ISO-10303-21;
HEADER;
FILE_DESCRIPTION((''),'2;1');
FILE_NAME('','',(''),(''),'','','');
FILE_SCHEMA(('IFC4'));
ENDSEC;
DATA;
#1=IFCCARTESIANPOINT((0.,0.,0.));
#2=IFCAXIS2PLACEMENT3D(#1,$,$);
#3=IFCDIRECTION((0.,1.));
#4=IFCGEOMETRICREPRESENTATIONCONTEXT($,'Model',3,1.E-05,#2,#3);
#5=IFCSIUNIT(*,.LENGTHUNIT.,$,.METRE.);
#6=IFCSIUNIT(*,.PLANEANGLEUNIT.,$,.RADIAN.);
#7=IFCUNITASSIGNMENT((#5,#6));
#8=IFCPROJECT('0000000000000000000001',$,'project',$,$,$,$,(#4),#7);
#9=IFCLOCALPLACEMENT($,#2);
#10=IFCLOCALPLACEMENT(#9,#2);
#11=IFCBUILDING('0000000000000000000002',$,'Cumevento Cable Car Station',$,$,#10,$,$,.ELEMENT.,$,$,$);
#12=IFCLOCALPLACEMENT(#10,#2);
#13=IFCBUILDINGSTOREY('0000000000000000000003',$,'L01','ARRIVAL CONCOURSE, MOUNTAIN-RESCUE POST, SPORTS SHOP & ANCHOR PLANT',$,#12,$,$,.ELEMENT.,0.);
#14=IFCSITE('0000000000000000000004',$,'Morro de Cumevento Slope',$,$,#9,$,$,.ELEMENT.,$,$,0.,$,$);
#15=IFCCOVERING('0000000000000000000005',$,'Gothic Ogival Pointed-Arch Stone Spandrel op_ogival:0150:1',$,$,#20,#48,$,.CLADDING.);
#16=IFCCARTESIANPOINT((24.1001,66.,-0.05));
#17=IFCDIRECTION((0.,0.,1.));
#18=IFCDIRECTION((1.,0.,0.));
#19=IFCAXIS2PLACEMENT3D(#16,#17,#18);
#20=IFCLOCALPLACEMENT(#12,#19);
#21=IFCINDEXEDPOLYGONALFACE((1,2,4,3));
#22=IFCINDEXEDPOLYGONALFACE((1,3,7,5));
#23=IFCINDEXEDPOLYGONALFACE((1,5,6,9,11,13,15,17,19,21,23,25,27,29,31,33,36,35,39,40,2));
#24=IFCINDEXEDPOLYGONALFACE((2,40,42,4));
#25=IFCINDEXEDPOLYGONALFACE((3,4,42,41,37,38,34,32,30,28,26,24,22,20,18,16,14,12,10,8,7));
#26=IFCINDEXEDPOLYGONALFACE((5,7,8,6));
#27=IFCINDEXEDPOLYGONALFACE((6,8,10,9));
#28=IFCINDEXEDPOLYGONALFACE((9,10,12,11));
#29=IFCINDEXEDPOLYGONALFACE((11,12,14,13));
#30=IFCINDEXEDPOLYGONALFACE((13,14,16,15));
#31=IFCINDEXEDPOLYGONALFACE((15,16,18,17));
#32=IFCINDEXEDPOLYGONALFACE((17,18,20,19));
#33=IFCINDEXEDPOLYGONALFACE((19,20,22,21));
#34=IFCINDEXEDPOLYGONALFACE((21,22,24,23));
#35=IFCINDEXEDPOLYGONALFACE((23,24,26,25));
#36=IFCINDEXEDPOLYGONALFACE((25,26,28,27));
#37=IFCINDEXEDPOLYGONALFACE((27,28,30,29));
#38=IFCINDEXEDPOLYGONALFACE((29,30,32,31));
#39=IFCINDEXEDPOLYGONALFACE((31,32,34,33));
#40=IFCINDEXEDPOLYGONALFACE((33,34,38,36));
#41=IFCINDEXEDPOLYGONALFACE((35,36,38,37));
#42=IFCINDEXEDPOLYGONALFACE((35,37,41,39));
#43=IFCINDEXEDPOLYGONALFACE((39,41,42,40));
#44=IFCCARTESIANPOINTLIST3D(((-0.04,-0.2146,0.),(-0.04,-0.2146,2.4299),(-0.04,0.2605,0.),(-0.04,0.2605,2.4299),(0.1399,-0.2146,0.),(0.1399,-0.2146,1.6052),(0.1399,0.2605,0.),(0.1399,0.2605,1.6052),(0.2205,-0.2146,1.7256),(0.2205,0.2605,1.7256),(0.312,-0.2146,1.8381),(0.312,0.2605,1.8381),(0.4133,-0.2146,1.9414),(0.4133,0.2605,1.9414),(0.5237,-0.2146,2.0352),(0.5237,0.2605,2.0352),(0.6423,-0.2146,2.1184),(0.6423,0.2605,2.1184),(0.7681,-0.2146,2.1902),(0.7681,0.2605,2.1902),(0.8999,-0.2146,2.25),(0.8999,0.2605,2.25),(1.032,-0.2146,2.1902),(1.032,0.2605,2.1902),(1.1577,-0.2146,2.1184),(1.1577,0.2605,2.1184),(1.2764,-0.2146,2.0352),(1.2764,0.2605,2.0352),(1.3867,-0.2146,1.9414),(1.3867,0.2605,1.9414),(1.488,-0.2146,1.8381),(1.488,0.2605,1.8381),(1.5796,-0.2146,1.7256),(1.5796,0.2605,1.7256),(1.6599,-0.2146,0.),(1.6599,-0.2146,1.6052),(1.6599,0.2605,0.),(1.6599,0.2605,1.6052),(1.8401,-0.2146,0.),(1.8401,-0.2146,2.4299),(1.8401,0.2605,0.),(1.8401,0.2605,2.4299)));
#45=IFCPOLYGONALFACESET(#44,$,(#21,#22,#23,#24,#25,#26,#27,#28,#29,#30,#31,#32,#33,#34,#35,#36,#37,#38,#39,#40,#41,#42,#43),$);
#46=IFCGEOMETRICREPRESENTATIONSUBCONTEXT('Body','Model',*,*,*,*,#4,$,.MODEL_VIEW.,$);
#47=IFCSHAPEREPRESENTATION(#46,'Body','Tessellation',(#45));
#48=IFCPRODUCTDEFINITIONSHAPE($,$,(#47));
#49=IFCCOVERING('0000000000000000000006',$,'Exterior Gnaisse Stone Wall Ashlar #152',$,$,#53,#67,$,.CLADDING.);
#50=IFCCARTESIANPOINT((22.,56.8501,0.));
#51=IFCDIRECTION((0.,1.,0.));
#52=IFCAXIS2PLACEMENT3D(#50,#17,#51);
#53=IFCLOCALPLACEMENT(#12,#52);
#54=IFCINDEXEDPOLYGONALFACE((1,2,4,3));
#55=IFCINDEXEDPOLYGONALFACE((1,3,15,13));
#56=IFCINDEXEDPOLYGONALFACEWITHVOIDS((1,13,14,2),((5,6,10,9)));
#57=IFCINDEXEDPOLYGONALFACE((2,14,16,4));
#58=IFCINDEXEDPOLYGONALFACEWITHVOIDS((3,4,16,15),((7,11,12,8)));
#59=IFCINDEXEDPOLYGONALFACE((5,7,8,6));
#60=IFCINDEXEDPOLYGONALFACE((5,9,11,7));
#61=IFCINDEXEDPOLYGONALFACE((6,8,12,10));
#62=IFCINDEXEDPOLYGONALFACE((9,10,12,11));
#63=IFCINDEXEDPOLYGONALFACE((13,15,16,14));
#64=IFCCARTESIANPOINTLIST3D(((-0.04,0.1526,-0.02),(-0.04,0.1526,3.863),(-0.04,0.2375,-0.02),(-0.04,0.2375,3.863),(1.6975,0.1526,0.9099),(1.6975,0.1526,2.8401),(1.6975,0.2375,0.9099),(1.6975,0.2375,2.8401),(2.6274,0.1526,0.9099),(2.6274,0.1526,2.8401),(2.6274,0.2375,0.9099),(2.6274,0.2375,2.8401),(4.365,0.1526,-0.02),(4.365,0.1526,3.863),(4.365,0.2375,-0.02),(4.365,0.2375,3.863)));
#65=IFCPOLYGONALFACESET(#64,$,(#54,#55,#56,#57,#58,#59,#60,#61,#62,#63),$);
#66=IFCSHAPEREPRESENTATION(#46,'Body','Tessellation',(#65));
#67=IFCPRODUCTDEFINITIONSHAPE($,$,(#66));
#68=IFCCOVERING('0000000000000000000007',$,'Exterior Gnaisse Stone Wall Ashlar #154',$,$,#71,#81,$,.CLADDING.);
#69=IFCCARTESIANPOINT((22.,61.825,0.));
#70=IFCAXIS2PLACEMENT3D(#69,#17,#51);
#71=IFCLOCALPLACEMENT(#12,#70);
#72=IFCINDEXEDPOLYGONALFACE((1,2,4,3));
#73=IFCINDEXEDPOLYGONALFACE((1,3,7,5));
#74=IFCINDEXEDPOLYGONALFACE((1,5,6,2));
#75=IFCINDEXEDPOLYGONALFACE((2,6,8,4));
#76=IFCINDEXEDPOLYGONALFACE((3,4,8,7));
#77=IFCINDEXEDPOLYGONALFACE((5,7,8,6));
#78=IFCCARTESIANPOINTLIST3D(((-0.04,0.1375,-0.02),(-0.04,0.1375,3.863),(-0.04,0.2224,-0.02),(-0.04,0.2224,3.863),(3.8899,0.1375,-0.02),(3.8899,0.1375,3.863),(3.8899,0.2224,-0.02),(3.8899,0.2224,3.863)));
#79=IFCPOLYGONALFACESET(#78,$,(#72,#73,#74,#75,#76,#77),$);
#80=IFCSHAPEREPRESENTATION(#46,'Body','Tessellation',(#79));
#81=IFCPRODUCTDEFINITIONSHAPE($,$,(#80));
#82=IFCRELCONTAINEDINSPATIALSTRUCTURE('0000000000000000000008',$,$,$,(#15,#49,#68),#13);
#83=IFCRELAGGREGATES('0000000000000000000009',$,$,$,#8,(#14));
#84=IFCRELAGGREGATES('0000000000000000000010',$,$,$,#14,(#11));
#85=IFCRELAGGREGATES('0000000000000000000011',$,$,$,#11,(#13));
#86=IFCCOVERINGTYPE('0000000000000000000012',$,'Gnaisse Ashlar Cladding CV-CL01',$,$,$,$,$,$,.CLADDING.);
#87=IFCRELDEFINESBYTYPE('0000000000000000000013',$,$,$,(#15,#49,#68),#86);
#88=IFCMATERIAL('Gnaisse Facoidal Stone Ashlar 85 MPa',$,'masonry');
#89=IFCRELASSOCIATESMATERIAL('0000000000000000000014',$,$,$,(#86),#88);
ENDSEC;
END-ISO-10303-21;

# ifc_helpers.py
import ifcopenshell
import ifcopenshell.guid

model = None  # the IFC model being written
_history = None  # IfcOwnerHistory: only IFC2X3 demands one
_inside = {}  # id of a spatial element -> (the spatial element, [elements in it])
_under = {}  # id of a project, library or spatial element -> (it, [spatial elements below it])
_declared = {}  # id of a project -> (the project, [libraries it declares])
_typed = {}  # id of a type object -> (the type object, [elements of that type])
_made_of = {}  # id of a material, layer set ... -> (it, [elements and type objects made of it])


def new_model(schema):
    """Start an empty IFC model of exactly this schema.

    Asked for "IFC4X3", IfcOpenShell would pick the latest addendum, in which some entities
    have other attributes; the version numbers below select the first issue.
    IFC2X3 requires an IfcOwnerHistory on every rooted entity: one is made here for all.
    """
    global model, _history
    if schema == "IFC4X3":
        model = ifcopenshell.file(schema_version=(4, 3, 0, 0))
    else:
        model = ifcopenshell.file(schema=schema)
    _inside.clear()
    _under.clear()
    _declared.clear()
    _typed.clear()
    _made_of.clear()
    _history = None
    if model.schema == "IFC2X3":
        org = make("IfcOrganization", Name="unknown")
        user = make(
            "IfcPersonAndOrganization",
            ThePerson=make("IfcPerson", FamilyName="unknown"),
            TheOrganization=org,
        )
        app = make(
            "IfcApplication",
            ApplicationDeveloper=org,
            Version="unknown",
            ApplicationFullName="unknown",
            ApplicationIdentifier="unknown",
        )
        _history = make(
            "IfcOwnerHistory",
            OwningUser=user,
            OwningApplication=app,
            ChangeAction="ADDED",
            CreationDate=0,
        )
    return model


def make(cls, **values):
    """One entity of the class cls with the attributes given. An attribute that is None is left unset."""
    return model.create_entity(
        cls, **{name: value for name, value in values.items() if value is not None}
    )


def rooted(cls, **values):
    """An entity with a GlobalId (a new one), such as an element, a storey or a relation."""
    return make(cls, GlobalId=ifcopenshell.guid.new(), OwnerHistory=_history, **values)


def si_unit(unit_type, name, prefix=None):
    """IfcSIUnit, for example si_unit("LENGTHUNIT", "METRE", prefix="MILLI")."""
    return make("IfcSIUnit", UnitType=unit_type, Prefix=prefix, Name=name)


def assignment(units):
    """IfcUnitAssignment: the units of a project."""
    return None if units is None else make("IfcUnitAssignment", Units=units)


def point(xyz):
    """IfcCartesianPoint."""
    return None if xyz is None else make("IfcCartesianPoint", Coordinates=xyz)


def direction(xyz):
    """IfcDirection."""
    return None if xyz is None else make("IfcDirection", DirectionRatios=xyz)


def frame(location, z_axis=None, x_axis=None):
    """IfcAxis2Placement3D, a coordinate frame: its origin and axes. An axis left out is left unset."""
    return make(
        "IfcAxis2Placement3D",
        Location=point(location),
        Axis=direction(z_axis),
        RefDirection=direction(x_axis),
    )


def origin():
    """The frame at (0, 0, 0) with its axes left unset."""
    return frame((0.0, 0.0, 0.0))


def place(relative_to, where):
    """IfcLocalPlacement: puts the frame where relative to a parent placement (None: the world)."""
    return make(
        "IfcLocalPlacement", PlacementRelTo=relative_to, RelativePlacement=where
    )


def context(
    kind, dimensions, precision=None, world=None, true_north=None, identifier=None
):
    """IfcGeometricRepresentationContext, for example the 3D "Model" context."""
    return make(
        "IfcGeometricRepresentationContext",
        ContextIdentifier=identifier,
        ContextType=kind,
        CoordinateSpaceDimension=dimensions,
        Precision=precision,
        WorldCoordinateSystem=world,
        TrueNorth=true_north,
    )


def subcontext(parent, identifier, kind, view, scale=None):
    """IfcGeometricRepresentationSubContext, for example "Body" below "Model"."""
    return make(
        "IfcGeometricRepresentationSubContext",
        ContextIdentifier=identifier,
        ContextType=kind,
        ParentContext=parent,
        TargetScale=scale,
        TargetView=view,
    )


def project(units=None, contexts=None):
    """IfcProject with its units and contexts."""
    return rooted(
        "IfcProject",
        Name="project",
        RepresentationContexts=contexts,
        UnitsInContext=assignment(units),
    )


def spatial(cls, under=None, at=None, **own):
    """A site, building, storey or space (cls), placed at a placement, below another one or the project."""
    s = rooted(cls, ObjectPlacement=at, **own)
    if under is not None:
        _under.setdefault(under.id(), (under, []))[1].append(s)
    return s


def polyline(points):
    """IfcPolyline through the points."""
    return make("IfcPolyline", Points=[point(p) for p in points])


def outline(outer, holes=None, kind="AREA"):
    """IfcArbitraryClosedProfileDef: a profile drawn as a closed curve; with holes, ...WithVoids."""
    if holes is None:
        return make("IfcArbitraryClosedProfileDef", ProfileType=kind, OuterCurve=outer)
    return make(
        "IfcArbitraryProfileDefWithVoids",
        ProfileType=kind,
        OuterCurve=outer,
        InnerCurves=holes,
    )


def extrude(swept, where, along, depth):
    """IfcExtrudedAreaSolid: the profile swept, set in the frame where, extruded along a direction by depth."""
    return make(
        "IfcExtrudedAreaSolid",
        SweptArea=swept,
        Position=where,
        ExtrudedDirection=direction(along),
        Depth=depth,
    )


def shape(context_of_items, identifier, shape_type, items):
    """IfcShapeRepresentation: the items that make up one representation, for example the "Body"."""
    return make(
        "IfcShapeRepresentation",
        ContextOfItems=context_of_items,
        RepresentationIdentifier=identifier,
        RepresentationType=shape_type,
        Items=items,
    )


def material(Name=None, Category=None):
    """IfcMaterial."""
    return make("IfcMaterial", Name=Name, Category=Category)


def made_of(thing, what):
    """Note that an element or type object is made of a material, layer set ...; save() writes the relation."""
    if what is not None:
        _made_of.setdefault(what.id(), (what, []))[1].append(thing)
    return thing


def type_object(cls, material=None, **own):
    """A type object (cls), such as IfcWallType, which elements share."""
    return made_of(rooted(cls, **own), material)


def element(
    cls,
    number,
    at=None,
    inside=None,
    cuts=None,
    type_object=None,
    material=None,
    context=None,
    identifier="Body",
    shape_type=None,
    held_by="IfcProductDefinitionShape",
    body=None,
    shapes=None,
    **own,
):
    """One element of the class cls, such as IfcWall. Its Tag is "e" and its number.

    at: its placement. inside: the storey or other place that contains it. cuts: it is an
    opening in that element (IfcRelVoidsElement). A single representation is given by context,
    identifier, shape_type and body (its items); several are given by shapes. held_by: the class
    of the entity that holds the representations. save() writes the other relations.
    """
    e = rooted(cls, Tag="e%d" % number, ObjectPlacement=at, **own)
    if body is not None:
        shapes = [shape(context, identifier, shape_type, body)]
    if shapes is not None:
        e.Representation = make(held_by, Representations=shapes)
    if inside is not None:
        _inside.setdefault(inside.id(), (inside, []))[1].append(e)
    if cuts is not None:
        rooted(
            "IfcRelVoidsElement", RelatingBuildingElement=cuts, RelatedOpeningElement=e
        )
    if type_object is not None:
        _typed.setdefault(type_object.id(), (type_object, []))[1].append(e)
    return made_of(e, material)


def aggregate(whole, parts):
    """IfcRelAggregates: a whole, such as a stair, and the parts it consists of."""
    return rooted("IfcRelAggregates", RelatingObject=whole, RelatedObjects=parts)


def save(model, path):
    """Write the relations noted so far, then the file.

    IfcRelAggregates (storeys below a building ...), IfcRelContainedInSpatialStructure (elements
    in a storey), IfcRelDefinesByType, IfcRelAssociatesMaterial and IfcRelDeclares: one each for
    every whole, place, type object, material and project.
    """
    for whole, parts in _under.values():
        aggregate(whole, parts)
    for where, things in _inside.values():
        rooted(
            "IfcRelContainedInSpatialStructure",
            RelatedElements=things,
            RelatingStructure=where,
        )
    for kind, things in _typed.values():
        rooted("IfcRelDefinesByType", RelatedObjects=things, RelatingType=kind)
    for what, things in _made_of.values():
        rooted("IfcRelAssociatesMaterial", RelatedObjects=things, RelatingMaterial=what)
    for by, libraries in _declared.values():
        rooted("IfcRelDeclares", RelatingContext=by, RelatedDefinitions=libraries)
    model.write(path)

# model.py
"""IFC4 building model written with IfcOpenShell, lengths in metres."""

from ifc_helpers import new_model, si_unit, direction, frame, origin, place, context, subcontext, project, spatial, polyline, outline, extrude, material, type_object, element, save


model = new_model("IFC4")

# Units and contexts
model_context = context("Model", 3, precision=1e-05, world=origin(), true_north=direction((0.0, 1.0)))
body_context = subcontext(model_context, "Body", "Model", "MODEL_VIEW")
ifc_project = project(units=[si_unit("LENGTHUNIT", "METRE"), si_unit("PLANEANGLEUNIT", "RADIAN")], contexts=[model_context])

# Site, building, storey
site_placement = place(None, origin())
site = spatial("IfcSite", under=ifc_project, at=site_placement, Name="Morro de Cumevento Slope", CompositionType="ELEMENT", RefElevation=0.0)
building_placement = place(site_placement, origin())
building = spatial("IfcBuilding", under=site, at=building_placement, Name="Cumevento Cable Car Station", CompositionType="ELEMENT")
storey_placement = place(building_placement, origin())
storey = spatial("IfcBuildingStorey", under=building, at=storey_placement, Name="L01", Description="ARRIVAL CONCOURSE, MOUNTAIN-RESCUE POST, SPORTS SHOP & ANCHOR PLANT", CompositionType="ELEMENT", Elevation=0.0)

# Coverings
ifc_material_1 = material(Name="Gnaisse Facoidal Stone Ashlar 85 MPa", Category="masonry")
covering_type = type_object("IfcCoveringType", Name="Gnaisse Ashlar Cladding CV-CL01", PredefinedType="CLADDING", material=ifc_material_1)
covering_1_placement = place(storey_placement, frame((24.1001, 66.0, -0.05), z_axis=(0.0, 0.0, 1.0), x_axis=(1.0, 0.0, 0.0)))
element("IfcCovering", 1, at=covering_1_placement, inside=storey, type_object=covering_type, Name="Gothic Ogival Pointed-Arch Stone Spandrel op_ogival:0150:1", PredefinedType="CLADDING", context=body_context, shape_type="SweptSolid", body=[
    extrude(outline(polyline([(-0.04, 0.0), (-0.04, 2.4299), (1.8401, 2.4299), (1.8401, 0.0), (1.6599, 0.0), (1.6599, 1.6052), (1.5796, 1.7256), (1.488, 1.8381), (1.3867, 1.9414), (1.2764, 2.0352), (1.1577, 2.1184), (1.032, 2.1902), (0.8999, 2.25), (0.7681, 2.1902), (0.6423, 2.1184), (0.5237, 2.0352), (0.4133, 1.9414), (0.312, 1.8381), (0.2205, 1.7256), (0.1399, 1.6052), (0.1399, 0.0), (-0.04, 0.0)])), frame((0.0, 0.2605, 0.0), z_axis=(0.0, -1.0, 0.0), x_axis=(1.0, 0.0, 0.0)), (0.0, 0.0, 1.0), 0.4751),
])
covering_2_placement = place(storey_placement, frame((22.0, 56.8501, 0.0), z_axis=(0.0, 0.0, 1.0), x_axis=(0.0, 1.0, 0.0)))
element("IfcCovering", 2, at=covering_2_placement, inside=storey, type_object=covering_type, Name="Exterior Gnaisse Stone Wall Ashlar #152", PredefinedType="CLADDING", context=body_context, shape_type="SweptSolid", body=[
    extrude(outline(polyline([(-0.04, -0.02), (4.365, -0.02), (4.365, 3.863), (-0.04, 3.863), (-0.04, -0.02)]), holes=[polyline([(1.6975, 0.9099), (2.6274, 0.9099), (2.6274, 2.8401), (1.6975, 2.8401), (1.6975, 0.9099)])]), frame((0.0, 0.2375, 0.0), z_axis=(0.0, -1.0, 0.0), x_axis=(1.0, 0.0, 0.0)), (0.0, 0.0, 1.0), 0.085),
])
covering_3_placement = place(storey_placement, frame((22.0, 61.825, 0.0), z_axis=(0.0, 0.0, 1.0), x_axis=(0.0, 1.0, 0.0)))
element("IfcCovering", 3, at=covering_3_placement, inside=storey, type_object=covering_type, Name="Exterior Gnaisse Stone Wall Ashlar #154", PredefinedType="CLADDING", context=body_context, shape_type="SweptSolid", body=[
    extrude(outline(polyline([(-0.04, -0.02), (3.8899, -0.02), (3.8899, 3.863), (-0.04, 3.863), (-0.04, -0.02)])), frame((0.0, 0.2224, 0.0), z_axis=(0.0, -1.0, 0.0), x_axis=(1.0, 0.0, 0.0)), (0.0, 0.0, 1.0), 0.085),
])

save(model, "model.ifc")
